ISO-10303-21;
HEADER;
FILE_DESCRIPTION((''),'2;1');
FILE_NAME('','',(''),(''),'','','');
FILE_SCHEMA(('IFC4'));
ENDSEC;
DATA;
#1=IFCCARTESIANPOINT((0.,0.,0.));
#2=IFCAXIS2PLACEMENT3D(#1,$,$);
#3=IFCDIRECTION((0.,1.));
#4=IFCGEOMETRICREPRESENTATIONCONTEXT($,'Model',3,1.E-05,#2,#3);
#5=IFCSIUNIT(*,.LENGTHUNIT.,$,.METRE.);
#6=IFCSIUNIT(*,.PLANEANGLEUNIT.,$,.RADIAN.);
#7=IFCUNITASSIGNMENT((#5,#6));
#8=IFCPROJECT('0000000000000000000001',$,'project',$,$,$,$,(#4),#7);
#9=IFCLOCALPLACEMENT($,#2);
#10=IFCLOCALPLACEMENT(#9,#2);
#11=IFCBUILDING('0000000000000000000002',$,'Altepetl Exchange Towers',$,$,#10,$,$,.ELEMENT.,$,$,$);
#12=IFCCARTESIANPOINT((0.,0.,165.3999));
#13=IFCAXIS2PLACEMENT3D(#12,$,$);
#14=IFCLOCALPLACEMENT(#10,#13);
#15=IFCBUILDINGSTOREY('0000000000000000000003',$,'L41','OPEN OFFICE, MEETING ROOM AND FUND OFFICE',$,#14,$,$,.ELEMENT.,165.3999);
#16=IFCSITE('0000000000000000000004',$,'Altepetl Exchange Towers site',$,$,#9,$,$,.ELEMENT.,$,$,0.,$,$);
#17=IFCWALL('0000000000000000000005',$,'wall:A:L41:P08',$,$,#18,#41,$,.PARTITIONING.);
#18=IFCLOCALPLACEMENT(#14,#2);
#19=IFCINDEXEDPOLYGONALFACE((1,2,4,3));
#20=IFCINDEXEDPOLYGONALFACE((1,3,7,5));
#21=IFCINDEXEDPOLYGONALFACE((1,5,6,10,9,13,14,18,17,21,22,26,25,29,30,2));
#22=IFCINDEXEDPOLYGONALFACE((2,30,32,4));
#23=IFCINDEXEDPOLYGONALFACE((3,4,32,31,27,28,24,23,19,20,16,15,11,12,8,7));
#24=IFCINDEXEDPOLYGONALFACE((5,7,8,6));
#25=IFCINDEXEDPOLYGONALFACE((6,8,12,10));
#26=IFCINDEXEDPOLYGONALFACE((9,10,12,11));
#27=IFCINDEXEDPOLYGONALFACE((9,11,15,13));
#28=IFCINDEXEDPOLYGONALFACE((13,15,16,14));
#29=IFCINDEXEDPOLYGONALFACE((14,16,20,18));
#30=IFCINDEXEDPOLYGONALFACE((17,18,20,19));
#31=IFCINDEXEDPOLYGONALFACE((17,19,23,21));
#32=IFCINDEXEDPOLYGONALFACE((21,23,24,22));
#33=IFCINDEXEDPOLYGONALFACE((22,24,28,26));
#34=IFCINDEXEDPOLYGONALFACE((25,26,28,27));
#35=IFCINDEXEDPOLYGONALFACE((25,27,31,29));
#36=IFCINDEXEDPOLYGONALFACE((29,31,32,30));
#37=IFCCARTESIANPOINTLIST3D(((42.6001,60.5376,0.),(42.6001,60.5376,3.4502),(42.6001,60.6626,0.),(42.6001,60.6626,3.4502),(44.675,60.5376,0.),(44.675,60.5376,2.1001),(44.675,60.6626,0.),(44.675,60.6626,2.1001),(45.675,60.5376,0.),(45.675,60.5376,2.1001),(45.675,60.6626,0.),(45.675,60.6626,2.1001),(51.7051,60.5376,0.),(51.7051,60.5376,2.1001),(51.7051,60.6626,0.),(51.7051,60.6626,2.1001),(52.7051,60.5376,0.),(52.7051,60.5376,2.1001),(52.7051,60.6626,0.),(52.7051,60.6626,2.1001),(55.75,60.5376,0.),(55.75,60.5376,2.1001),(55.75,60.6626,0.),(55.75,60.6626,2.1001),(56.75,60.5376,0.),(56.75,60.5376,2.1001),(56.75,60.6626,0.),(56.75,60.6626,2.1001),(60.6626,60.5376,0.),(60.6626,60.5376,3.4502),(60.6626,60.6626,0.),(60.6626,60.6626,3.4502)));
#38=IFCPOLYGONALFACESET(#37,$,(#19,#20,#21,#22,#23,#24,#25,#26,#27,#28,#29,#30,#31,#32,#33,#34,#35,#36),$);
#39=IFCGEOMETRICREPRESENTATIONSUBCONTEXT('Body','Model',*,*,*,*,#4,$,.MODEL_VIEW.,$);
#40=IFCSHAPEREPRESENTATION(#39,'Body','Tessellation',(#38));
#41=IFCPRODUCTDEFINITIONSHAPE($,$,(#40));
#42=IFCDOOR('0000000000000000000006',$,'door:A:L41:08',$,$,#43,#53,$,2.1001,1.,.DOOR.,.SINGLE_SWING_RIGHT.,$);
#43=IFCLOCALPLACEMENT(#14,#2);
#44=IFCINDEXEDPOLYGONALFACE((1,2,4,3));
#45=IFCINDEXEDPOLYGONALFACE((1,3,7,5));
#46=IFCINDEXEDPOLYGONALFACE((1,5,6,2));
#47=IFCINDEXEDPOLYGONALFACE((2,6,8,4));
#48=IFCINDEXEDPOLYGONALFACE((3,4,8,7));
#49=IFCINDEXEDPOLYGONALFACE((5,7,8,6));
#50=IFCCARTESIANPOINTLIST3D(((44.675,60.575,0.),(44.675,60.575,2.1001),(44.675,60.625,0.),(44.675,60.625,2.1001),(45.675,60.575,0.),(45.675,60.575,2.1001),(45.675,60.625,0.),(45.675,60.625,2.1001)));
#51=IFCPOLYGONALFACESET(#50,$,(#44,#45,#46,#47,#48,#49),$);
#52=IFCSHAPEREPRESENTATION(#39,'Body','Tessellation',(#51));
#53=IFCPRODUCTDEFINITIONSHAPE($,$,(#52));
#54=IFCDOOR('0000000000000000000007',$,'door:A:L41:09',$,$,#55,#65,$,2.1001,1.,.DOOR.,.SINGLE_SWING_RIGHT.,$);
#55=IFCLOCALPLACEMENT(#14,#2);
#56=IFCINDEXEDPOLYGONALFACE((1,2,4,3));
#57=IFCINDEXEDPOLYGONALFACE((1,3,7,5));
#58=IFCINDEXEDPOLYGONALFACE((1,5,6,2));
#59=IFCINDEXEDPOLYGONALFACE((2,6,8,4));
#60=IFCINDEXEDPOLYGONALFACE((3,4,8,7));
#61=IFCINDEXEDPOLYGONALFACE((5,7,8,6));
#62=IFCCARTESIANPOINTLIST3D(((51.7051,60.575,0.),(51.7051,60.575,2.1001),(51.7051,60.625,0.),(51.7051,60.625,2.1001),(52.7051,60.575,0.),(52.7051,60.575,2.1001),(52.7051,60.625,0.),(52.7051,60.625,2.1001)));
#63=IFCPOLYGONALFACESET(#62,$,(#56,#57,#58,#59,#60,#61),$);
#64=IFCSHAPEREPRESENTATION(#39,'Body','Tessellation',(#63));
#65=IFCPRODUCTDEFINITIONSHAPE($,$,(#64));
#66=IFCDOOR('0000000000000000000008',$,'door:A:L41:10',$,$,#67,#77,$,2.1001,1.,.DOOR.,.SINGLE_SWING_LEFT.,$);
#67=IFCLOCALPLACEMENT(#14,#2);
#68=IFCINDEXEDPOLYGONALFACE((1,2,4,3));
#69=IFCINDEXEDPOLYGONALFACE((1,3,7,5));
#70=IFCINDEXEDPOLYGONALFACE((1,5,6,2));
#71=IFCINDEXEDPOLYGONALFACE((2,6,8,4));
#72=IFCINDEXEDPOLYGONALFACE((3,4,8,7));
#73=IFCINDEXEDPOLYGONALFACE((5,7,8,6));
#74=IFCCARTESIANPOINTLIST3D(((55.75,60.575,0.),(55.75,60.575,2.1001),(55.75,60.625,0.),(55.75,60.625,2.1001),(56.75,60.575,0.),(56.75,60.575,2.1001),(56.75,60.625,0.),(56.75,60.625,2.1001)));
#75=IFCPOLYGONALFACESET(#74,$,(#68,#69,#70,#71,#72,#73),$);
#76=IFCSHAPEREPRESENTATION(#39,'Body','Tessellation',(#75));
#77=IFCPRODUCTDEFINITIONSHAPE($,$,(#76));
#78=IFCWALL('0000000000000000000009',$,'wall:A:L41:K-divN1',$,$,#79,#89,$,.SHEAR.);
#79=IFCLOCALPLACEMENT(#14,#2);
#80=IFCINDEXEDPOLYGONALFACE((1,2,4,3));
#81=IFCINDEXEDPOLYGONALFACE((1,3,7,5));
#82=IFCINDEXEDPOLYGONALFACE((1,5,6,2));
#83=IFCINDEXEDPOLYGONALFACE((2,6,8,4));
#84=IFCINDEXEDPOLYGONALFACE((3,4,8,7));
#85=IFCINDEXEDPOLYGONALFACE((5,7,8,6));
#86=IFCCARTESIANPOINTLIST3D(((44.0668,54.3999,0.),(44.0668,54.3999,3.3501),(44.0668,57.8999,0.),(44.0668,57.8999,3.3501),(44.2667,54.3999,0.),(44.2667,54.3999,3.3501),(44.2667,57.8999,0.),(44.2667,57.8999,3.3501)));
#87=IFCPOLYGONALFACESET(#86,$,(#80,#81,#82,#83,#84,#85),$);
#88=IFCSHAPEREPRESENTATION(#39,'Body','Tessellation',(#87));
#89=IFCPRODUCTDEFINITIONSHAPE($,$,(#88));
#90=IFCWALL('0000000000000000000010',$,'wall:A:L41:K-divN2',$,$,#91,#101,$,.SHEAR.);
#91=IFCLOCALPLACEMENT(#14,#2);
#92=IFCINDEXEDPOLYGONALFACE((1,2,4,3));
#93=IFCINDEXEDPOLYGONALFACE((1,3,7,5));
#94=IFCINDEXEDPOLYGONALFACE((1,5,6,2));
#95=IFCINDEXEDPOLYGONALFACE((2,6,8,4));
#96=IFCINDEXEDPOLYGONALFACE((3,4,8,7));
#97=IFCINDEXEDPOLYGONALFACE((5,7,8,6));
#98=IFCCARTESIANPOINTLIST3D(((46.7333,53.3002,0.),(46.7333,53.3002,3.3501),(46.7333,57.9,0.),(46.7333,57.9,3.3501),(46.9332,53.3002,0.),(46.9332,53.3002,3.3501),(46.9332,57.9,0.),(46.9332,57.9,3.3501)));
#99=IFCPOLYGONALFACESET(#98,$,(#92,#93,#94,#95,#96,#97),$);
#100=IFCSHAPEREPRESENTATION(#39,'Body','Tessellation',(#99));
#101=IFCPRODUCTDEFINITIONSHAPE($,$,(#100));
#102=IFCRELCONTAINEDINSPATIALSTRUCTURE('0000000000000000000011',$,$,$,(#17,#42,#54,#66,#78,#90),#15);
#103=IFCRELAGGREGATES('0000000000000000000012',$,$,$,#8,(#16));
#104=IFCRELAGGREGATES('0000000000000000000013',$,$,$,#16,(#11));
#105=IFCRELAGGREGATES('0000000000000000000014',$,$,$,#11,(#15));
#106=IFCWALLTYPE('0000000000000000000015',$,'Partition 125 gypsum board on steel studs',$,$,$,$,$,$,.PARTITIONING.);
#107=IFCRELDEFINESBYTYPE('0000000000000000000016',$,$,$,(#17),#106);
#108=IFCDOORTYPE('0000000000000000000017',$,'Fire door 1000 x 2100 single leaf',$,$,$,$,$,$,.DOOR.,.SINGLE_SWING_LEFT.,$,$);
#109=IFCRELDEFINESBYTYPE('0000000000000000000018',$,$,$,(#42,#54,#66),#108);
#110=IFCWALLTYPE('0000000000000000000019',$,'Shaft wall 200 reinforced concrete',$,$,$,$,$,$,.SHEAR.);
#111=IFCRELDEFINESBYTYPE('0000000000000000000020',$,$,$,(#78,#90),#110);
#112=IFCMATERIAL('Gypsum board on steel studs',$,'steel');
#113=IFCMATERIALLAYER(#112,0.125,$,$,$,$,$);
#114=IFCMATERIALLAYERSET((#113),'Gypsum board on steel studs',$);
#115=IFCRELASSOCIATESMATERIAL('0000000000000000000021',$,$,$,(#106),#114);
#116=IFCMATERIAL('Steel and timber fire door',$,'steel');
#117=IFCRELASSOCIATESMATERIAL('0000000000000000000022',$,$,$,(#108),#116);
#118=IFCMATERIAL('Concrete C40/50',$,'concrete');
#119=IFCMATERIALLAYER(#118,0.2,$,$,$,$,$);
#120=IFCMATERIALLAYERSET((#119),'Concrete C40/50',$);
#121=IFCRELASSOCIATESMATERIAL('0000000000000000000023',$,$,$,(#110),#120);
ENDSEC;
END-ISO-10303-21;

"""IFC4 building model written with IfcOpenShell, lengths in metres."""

from ifc_helpers import new_model, si_unit, direction, frame, frame_2d, origin, place, context, subcontext, project, spatial, rectangle, extrude, material, layer, layer_set, type_object, element, fill, save


model = new_model("IFC4")

# Units and contexts
model_context = context("Model", 3, precision=1e-05, world=origin(), true_north=direction((0.0, 1.0)))
body_context = subcontext(model_context, "Body", "Model", "MODEL_VIEW")
ifc_project = project(units=[si_unit("LENGTHUNIT", "METRE"), si_unit("PLANEANGLEUNIT", "RADIAN")], contexts=[model_context])

# Site, building, storey
site_placement = place(None, origin())
site = spatial("IfcSite", under=ifc_project, at=site_placement, Name="Altepetl Exchange Towers site", CompositionType="ELEMENT", RefElevation=0.0)
building_placement = place(site_placement, origin())
building = spatial("IfcBuilding", under=site, at=building_placement, Name="Altepetl Exchange Towers", CompositionType="ELEMENT")
storey_placement = place(building_placement, frame((0.0, 0.0, 165.3999)))
storey = spatial("IfcBuildingStorey", under=building, at=storey_placement, Name="L41", Description="OPEN OFFICE, MEETING ROOM AND FUND OFFICE", CompositionType="ELEMENT", Elevation=165.3999)

# Shared definitions
ifc_material_1 = material(Name="Steel and timber fire door", Category="steel")

# Wall, openings, doors
ifc_material_2 = material(Name="Gypsum board on steel studs", Category="steel")
ifc_layer_1 = layer(ifc_material_2, 0.125)
ifc_layer_set_1 = layer_set([ifc_layer_1], Name="Gypsum board on steel studs")
wall_type_1 = type_object("IfcWallType", Name="Partition 125 gypsum board on steel studs", PredefinedType="PARTITIONING", material=ifc_layer_set_1)
wall_1_placement = place(storey_placement, frame((42.6001, 60.6001, 0.0)))
wall_1 = element("IfcWall", 1, at=wall_1_placement, inside=storey, type_object=wall_type_1, Name="wall:A:L41:P08", PredefinedType="PARTITIONING", context=body_context, shape_type="SweptSolid", body=[
    extrude(rectangle(XDim=18.0625, YDim=0.125, at=frame_2d((9.0312, 0.0))), origin(), (0.0, 0.0, 1.0), 3.4502),
])
opening_1_placement = place(wall_1_placement, frame((2.075, 0.0, 0.0)))
opening_1 = element("IfcOpeningElement", 2, at=opening_1_placement, cuts=wall_1, PredefinedType="OPENING", context=body_context, shape_type="SweptSolid", body=[
    extrude(rectangle(XDim=1.0, YDim=2.1001, at=frame_2d((0.5, 1.05))), frame((0.0, 0.0725, 0.0), z_axis=(0.0, -1.0, 0.0), x_axis=(1.0, 0.0, 0.0)), (0.0, 0.0, 1.0), 0.145),
])
opening_2_placement = place(wall_1_placement, frame((9.105, 0.0, 0.0)))
opening_2 = element("IfcOpeningElement", 3, at=opening_2_placement, cuts=wall_1, PredefinedType="OPENING", context=body_context, shape_type="SweptSolid", body=[
    extrude(rectangle(XDim=1.0, YDim=2.1001, at=frame_2d((0.5, 1.05))), frame((0.0, 0.0725, 0.0), z_axis=(0.0, -1.0, 0.0), x_axis=(1.0, 0.0, 0.0)), (0.0, 0.0, 1.0), 0.145),
])
opening_3_placement = place(wall_1_placement, frame((13.1499, 0.0, 0.0)))
opening_3 = element("IfcOpeningElement", 4, at=opening_3_placement, cuts=wall_1, PredefinedType="OPENING", context=body_context, shape_type="SweptSolid", body=[
    extrude(rectangle(XDim=1.0, YDim=2.1001, at=frame_2d((0.5, 1.05))), frame((0.0, 0.0725, 0.0), z_axis=(0.0, -1.0, 0.0), x_axis=(1.0, 0.0, 0.0)), (0.0, 0.0, 1.0), 0.145),
])
door_type_1 = type_object("IfcDoorType", Name="Fire door 1000 x 2100 single leaf", OperationType="SINGLE_SWING_LEFT", PredefinedType="DOOR", material=ifc_material_1)
door_1_placement = place(opening_1_placement, origin())
door_1 = element("IfcDoor", 5, at=door_1_placement, inside=storey, type_object=door_type_1, Name="door:A:L41:08", OperationType="SINGLE_SWING_RIGHT", OverallHeight=2.1001, OverallWidth=1.0, PredefinedType="DOOR", context=body_context, shape_type="SweptSolid", body=[
    extrude(rectangle(XDim=1.0, YDim=2.1001, at=frame_2d((0.5, 1.05))), frame((0.0, 0.0249, 0.0), z_axis=(0.0, -1.0, 0.0), x_axis=(1.0, 0.0, 0.0)), (0.0, 0.0, 1.0), 0.05),
])
fill(opening_1, door_1)
door_2_placement = place(opening_2_placement, origin())
door_2 = element("IfcDoor", 6, at=door_2_placement, inside=storey, type_object=door_type_1, Name="door:A:L41:09", OperationType="SINGLE_SWING_RIGHT", OverallHeight=2.1001, OverallWidth=1.0, PredefinedType="DOOR", context=body_context, shape_type="SweptSolid", body=[
    extrude(rectangle(XDim=1.0, YDim=2.1001, at=frame_2d((0.5, 1.05))), frame((0.0, 0.0249, 0.0), z_axis=(0.0, -1.0, 0.0), x_axis=(1.0, 0.0, 0.0)), (0.0, 0.0, 1.0), 0.05),
])
fill(opening_2, door_2)
door_3_placement = place(opening_3_placement, origin())
door_3 = element("IfcDoor", 7, at=door_3_placement, inside=storey, type_object=door_type_1, Name="door:A:L41:10", OperationType="SINGLE_SWING_LEFT", OverallHeight=2.1001, OverallWidth=1.0, PredefinedType="DOOR", context=body_context, shape_type="SweptSolid", body=[
    extrude(rectangle(XDim=1.0, YDim=2.1001, at=frame_2d((0.5, 1.05))), frame((0.0, 0.0249, 0.0), z_axis=(0.0, -1.0, 0.0), x_axis=(1.0, 0.0, 0.0)), (0.0, 0.0, 1.0), 0.05),
])
fill(opening_3, door_3)

# Walls
ifc_material_3 = material(Name="Concrete C40/50", Category="concrete")
ifc_layer_2 = layer(ifc_material_3, 0.2)
ifc_layer_set_2 = layer_set([ifc_layer_2], Name="Concrete C40/50")
wall_type_2 = type_object("IfcWallType", Name="Shaft wall 200 reinforced concrete", PredefinedType="SHEAR", material=ifc_layer_set_2)
wall_2_placement = place(storey_placement, frame((44.1667, 57.8999, 0.0), z_axis=(0.0, 0.0, 1.0), x_axis=(0.0, -1.0, 0.0)))
element("IfcWall", 8, at=wall_2_placement, inside=storey, type_object=wall_type_2, Name="wall:A:L41:K-divN1", PredefinedType="SHEAR", context=body_context, shape_type="SweptSolid", body=[
    extrude(rectangle(XDim=3.5, YDim=0.2, at=frame_2d((1.75, 0.0))), origin(), (0.0, 0.0, 1.0), 3.3501),
])
wall_3_placement = place(storey_placement, frame((46.8333, 57.8999, 0.0), z_axis=(0.0, 0.0, 1.0), x_axis=(0.0, -1.0, 0.0)))
element("IfcWall", 9, at=wall_3_placement, inside=storey, type_object=wall_type_2, Name="wall:A:L41:K-divN2", PredefinedType="SHEAR", context=body_context, shape_type="SweptSolid", body=[
    extrude(rectangle(XDim=4.5999, YDim=0.2, at=frame_2d((2.2998, 0.0))), origin(), (0.0, 0.0, 1.0), 3.3501),
])

save(model, "model.ifc")
